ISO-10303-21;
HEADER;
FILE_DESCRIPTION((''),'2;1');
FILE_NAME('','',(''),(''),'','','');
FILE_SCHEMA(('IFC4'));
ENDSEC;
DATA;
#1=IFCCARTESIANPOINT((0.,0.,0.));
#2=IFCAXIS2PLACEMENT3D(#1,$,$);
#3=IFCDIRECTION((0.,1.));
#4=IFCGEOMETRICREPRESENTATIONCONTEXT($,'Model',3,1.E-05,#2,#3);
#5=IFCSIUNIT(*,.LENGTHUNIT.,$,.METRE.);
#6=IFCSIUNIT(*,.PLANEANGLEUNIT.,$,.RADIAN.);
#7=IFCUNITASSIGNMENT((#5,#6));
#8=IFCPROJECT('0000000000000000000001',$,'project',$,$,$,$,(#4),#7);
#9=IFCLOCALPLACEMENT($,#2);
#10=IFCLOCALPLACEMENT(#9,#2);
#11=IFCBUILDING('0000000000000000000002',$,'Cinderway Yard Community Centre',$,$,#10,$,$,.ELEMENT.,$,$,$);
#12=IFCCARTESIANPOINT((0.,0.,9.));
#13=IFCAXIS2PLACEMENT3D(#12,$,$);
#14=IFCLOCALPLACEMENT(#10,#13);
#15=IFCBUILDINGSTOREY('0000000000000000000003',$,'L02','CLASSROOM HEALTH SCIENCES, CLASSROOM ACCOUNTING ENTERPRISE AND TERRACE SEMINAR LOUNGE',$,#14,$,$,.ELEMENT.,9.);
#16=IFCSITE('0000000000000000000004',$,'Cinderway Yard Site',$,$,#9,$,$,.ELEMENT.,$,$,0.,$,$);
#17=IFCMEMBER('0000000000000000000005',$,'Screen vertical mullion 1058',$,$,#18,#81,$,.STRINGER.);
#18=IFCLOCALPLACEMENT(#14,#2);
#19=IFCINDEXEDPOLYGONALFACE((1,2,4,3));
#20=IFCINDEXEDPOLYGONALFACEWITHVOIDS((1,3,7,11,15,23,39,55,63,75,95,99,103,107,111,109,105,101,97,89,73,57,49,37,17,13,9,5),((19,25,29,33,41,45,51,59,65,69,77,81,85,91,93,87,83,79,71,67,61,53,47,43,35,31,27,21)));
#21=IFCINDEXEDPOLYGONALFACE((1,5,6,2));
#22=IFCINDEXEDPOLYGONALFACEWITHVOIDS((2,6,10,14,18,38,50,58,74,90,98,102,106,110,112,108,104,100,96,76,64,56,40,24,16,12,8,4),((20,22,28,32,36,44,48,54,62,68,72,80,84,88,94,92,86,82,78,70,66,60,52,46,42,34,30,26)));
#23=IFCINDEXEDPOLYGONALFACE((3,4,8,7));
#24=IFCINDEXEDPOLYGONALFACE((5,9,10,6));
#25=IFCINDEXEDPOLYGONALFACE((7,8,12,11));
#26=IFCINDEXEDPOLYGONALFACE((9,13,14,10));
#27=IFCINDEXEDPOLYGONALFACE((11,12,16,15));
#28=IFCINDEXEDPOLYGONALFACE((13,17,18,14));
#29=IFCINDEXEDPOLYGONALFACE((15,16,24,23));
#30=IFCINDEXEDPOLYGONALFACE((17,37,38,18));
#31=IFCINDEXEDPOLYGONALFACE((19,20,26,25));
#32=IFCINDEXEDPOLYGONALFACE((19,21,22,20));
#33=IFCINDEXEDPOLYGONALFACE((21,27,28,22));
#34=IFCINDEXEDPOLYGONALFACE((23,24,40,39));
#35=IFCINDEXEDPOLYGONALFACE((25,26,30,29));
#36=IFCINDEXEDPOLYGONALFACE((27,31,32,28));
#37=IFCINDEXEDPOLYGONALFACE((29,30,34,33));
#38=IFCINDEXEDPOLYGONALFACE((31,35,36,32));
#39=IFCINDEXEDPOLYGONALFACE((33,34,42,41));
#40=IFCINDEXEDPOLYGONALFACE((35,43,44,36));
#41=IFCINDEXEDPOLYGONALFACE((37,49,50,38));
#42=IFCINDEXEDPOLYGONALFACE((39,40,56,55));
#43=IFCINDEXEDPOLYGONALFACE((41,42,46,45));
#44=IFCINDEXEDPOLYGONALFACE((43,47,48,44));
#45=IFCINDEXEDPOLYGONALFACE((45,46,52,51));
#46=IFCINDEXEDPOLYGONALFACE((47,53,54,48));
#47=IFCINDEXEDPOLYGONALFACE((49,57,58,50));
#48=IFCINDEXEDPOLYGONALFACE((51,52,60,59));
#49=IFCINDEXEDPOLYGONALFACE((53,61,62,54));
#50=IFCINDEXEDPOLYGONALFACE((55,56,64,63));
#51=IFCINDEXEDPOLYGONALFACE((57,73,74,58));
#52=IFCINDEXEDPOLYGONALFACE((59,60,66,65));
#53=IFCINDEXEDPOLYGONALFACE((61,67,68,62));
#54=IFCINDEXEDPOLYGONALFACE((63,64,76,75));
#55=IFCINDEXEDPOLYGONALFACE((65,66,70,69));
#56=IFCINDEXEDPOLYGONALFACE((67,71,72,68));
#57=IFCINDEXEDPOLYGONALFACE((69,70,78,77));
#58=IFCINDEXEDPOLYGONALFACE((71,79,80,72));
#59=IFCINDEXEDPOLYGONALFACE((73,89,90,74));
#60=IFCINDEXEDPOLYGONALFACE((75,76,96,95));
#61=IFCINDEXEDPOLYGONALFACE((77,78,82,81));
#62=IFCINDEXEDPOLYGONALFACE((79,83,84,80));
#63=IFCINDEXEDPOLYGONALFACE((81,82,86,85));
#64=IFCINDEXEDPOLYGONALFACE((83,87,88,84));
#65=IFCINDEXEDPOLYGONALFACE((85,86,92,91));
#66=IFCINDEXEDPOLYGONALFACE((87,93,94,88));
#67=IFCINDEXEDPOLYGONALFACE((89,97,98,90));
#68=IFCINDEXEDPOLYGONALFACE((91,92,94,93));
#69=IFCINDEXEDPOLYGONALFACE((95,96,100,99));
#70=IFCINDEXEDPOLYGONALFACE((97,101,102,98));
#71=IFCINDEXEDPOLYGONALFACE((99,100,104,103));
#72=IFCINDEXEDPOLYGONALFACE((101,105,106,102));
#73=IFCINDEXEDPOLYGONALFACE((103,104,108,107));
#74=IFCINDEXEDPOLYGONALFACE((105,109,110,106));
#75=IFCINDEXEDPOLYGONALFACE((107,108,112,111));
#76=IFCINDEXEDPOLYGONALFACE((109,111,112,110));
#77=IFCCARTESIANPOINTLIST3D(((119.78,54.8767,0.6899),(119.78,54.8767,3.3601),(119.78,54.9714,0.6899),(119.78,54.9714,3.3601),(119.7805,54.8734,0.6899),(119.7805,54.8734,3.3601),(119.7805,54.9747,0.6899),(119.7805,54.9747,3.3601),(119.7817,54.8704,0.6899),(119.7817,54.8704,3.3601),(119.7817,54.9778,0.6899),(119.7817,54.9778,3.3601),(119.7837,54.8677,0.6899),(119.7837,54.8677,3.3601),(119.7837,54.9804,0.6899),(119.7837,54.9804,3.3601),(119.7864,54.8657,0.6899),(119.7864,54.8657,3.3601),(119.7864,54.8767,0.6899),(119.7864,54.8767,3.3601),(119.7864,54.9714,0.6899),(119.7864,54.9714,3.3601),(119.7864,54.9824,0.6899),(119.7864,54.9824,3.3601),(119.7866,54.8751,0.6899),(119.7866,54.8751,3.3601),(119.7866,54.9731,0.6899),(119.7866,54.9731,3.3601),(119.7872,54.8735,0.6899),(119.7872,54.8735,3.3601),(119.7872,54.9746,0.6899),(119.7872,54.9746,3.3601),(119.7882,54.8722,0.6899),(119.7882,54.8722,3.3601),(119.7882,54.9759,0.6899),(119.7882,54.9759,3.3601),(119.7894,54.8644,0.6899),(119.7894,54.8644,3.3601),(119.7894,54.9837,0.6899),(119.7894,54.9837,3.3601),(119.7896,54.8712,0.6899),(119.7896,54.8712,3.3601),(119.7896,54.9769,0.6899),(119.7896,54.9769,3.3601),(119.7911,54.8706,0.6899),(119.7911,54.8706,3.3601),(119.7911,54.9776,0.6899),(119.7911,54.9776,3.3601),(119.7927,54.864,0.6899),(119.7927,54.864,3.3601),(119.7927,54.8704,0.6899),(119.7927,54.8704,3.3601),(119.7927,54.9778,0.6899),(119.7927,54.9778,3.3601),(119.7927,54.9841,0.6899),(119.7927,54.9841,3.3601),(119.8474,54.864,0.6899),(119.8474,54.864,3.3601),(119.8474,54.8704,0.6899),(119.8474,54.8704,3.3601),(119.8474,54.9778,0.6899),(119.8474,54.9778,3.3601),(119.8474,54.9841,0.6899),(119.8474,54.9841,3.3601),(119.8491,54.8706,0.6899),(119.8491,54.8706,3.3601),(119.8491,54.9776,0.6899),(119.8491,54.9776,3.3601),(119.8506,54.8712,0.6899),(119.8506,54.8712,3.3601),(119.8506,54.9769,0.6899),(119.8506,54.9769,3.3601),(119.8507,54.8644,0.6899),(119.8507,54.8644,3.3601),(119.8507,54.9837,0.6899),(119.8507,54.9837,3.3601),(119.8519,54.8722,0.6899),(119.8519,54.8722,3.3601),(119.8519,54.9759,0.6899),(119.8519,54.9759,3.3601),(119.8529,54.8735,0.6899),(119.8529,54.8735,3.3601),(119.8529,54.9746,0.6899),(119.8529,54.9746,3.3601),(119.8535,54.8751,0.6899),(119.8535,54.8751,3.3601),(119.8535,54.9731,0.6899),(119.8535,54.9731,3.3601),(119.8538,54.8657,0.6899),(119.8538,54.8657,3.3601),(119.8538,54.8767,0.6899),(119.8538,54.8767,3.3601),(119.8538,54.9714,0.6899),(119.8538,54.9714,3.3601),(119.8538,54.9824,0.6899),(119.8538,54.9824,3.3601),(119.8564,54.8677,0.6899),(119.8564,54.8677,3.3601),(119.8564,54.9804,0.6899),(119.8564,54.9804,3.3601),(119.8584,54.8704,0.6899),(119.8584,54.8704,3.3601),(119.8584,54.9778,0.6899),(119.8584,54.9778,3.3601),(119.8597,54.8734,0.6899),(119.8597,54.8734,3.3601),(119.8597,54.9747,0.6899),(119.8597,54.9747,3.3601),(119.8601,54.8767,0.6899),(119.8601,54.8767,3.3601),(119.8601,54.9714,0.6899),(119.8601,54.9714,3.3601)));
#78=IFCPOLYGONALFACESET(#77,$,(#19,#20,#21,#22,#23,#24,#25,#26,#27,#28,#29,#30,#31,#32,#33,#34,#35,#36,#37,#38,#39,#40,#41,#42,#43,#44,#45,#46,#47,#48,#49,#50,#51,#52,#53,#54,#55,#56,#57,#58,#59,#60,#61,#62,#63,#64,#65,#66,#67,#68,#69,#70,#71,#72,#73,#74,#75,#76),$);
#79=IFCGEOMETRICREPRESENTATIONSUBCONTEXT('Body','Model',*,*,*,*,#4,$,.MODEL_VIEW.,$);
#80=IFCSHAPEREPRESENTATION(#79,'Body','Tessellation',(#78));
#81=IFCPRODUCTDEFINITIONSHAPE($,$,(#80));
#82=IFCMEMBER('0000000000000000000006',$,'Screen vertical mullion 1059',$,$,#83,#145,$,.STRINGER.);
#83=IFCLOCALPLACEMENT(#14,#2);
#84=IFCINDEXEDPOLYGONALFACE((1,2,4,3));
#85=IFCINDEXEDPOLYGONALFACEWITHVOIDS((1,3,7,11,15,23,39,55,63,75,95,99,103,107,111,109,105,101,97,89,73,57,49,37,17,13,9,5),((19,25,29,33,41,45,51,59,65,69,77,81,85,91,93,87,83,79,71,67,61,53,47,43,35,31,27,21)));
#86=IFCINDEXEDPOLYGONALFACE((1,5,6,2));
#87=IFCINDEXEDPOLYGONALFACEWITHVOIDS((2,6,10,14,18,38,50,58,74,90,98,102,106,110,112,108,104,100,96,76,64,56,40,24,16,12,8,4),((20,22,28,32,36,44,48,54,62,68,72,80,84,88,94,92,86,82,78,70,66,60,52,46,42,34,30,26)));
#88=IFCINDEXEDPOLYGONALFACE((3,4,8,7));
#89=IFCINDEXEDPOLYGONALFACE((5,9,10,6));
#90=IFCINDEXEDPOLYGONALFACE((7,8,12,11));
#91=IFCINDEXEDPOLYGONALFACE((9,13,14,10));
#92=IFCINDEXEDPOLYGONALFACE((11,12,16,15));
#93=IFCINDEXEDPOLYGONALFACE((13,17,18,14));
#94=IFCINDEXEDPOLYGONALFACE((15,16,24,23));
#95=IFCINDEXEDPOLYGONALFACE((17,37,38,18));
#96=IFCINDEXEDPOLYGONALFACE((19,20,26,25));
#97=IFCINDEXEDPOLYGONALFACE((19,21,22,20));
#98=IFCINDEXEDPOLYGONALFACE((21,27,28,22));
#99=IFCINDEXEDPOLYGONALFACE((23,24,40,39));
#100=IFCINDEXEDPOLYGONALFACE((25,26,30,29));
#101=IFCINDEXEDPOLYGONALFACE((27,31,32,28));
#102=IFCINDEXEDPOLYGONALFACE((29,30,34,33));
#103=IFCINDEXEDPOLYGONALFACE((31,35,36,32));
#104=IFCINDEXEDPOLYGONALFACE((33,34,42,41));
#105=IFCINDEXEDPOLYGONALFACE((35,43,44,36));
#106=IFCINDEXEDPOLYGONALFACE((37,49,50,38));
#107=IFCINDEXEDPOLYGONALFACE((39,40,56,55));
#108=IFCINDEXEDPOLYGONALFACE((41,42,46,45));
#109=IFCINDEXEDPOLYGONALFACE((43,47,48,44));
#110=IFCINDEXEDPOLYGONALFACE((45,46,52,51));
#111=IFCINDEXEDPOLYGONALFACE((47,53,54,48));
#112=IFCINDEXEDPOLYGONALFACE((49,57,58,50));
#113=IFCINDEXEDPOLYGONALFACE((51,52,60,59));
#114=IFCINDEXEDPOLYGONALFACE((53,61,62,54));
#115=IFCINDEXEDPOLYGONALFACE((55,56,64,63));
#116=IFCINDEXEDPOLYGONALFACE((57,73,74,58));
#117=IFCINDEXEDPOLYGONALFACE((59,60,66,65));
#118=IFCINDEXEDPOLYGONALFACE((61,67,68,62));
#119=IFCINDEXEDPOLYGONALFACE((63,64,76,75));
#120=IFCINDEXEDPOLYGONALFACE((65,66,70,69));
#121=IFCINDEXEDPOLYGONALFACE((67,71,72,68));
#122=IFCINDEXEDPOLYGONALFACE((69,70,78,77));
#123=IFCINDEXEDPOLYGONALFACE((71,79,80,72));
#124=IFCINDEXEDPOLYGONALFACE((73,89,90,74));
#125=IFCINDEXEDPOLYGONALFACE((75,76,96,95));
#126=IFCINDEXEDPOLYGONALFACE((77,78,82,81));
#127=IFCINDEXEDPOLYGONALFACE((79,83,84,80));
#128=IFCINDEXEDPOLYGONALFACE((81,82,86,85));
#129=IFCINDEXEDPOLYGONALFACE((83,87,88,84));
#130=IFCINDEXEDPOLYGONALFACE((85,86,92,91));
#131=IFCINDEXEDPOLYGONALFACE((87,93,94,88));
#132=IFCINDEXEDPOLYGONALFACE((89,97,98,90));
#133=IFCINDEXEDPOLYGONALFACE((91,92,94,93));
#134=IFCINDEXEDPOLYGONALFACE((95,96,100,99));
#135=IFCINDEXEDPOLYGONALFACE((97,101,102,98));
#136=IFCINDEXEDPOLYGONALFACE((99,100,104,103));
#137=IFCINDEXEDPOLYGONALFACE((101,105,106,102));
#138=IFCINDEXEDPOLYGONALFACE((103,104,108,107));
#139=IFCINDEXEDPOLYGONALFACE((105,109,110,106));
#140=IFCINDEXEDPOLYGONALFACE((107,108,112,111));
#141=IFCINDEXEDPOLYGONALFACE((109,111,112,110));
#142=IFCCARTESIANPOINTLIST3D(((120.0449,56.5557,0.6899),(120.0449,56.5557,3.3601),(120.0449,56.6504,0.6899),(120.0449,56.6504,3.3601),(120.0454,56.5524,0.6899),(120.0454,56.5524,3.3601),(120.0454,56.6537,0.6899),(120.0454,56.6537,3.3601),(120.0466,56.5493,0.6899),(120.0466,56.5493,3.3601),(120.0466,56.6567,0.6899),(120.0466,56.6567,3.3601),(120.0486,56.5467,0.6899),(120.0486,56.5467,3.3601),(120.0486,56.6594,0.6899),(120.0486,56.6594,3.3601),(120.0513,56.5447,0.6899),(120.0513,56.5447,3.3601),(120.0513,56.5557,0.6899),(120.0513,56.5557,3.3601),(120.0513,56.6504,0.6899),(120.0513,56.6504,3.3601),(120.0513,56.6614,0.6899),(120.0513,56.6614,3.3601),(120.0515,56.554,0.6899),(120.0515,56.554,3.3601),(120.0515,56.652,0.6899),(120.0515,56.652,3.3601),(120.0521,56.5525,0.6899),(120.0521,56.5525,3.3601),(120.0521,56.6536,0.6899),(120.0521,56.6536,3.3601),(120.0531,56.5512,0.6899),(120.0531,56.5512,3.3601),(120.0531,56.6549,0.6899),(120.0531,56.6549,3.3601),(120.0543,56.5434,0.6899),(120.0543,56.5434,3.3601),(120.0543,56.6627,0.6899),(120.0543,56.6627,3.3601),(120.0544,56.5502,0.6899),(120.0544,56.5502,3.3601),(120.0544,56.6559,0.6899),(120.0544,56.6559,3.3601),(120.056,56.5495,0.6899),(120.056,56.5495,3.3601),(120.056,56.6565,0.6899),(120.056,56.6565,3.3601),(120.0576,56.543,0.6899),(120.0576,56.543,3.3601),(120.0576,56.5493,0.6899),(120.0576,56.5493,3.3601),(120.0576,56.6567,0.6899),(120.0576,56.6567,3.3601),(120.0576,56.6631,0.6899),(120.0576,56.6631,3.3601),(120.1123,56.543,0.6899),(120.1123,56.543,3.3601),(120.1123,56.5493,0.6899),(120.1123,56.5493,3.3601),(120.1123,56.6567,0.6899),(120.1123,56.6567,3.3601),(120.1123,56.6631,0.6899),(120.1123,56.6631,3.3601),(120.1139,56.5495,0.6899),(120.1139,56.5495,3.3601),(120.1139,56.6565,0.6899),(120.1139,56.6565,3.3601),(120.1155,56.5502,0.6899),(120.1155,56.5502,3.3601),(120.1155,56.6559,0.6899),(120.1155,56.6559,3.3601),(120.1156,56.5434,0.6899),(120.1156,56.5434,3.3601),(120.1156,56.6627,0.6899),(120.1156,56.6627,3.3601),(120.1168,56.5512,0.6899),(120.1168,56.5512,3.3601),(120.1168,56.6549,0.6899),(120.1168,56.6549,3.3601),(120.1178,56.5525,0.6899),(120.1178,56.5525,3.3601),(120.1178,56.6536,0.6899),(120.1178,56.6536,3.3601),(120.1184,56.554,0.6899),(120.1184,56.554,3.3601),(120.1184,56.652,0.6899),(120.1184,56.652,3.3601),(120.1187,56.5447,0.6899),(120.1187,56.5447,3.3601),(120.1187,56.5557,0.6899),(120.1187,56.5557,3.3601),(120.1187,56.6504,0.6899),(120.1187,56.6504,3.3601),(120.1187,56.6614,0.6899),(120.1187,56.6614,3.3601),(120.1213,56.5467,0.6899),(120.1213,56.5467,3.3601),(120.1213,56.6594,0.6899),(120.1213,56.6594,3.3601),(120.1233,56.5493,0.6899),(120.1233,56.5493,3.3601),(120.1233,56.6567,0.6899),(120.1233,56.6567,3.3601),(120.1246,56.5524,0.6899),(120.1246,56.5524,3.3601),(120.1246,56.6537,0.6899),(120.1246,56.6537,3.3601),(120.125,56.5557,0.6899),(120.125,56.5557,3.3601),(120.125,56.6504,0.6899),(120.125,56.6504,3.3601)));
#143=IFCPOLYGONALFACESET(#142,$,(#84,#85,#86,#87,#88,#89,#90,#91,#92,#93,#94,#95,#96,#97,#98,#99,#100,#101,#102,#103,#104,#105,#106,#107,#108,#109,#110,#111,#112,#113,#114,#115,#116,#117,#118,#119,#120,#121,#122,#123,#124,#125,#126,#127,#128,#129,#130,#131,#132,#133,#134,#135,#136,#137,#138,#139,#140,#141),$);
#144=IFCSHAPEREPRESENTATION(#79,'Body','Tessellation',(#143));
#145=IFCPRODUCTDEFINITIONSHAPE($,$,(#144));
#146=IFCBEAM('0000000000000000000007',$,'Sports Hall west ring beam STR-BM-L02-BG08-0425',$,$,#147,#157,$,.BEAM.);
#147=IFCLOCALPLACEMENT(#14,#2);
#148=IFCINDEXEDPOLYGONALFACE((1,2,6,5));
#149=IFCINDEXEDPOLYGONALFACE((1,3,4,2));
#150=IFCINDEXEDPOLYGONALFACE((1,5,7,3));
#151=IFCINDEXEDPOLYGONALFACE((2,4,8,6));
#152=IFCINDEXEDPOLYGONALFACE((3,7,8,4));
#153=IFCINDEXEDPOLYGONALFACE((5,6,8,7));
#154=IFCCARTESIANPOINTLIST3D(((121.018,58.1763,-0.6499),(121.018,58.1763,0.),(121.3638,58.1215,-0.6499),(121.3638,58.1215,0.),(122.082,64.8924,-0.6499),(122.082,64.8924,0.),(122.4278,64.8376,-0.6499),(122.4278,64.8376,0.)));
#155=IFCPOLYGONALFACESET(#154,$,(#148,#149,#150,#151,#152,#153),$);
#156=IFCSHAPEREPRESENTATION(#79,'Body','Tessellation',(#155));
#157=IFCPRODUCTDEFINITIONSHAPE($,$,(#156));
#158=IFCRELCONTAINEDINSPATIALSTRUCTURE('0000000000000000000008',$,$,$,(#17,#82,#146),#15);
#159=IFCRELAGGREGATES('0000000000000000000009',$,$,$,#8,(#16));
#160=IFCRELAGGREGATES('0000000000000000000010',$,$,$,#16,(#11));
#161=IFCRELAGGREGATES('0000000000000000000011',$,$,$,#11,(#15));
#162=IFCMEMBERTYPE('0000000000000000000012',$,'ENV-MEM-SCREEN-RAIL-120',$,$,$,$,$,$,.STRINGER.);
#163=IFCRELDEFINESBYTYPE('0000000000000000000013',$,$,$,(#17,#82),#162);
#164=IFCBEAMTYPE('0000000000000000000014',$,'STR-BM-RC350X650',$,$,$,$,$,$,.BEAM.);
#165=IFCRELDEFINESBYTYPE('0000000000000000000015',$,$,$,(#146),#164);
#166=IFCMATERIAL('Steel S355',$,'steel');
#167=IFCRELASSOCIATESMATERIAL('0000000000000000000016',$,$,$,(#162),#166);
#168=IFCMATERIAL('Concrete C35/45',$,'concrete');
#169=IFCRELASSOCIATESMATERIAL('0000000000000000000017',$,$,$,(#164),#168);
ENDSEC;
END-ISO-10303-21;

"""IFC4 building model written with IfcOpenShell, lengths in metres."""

from ifc_helpers import new_model, si_unit, direction, frame, origin, origin_2d, place, context, subcontext, project, spatial, rectangle, hollow_rectangle, extrude, material, material_profile, profile_set, type_object, element, save


model = new_model("IFC4")

# Units and contexts
model_context = context("Model", 3, precision=1e-05, world=origin(), true_north=direction((0.0, 1.0)))
body_context = subcontext(model_context, "Body", "Model", "MODEL_VIEW")
ifc_project = project(units=[si_unit("LENGTHUNIT", "METRE"), si_unit("PLANEANGLEUNIT", "RADIAN")], contexts=[model_context])

# Site, building, storey
site_placement = place(None, origin())
site = spatial("IfcSite", under=ifc_project, at=site_placement, Name="Cinderway Yard Site", CompositionType="ELEMENT", RefElevation=0.0)
building_placement = place(site_placement, origin())
building = spatial("IfcBuilding", under=site, at=building_placement, Name="Cinderway Yard Community Centre", CompositionType="ELEMENT")
storey_placement = place(building_placement, frame((0.0, 0.0, 9.0)))
storey = spatial("IfcBuildingStorey", under=building, at=storey_placement, Name="L02", Description="CLASSROOM HEALTH SCIENCES, CLASSROOM ACCOUNTING ENTERPRISE AND TERRACE SEMINAR LOUNGE", CompositionType="ELEMENT", Elevation=9.0)

# Members
ifc_material_1 = material(Name="Steel S355", Category="steel")
ifc_material_profile_1 = material_profile(ifc_material_1, hollow_rectangle(XDim=0.0801, YDim=0.1201, WallThickness=0.0063, InnerFilletRadius=0.0063, OuterFilletRadius=0.0127, at=origin_2d()), Name="Steel S355")
ifc_profile_set_1 = profile_set([ifc_material_profile_1], Name="Steel S355")
member_type_1 = type_object("IfcMemberType", Name="ENV-MEM-SCREEN-RAIL-120", PredefinedType="STRINGER", material=ifc_profile_set_1)
for number, where, z_axis, x_axis, name in (
    (1, (119.8201, 54.9241, 0.6899), (0.0, 0.0, 1.0), (1.0, 0.0, 0.0), "Screen vertical mullion 1058"),
    (2, (120.085, 56.603, 0.6899), (0.0, 0.0, 1.0), (1.0, 0.0, 0.0), "Screen vertical mullion 1059"),
):
    element("IfcMember", number, at=place(storey_placement, frame(where, z_axis=z_axis, x_axis=x_axis)), inside=storey, type_object=member_type_1, Name=name, PredefinedType="STRINGER", context=body_context, shape_type="SweptSolid", body=[
        extrude(hollow_rectangle(XDim=0.0801, YDim=0.1201, WallThickness=0.0063, InnerFilletRadius=0.0063, OuterFilletRadius=0.0127, at=origin_2d()), origin(), (0.0, 0.0, 1.0), 2.6702),
    ])

# Beam
ifc_material_2 = material(Name="Concrete C35/45", Category="concrete")
ifc_material_profile_2 = material_profile(ifc_material_2, rectangle(XDim=0.3501, YDim=0.6499, at=origin_2d()), Name="Concrete C35/45")
ifc_profile_set_2 = profile_set([ifc_material_profile_2], Name="Concrete C35/45")
beam_type = type_object("IfcBeamType", Name="STR-BM-RC350X650", PredefinedType="BEAM", material=ifc_profile_set_2)
beam_placement = place(storey_placement, frame((121.1909, 58.1489, -0.325), z_axis=(0.15647, 0.987683, 0.0), x_axis=(-0.987683, 0.15647, 0.0)))
element("IfcBeam", 3, at=beam_placement, inside=storey, type_object=beam_type, Name="Sports Hall west ring beam STR-BM-L02-BG08-0425", PredefinedType="BEAM", context=body_context, shape_type="SweptSolid", body=[
    extrude(rectangle(XDim=0.3501, YDim=0.6499, at=origin_2d()), origin(), (0.0, 0.0, 1.0), 6.7998),
])

save(model, "model.ifc")
